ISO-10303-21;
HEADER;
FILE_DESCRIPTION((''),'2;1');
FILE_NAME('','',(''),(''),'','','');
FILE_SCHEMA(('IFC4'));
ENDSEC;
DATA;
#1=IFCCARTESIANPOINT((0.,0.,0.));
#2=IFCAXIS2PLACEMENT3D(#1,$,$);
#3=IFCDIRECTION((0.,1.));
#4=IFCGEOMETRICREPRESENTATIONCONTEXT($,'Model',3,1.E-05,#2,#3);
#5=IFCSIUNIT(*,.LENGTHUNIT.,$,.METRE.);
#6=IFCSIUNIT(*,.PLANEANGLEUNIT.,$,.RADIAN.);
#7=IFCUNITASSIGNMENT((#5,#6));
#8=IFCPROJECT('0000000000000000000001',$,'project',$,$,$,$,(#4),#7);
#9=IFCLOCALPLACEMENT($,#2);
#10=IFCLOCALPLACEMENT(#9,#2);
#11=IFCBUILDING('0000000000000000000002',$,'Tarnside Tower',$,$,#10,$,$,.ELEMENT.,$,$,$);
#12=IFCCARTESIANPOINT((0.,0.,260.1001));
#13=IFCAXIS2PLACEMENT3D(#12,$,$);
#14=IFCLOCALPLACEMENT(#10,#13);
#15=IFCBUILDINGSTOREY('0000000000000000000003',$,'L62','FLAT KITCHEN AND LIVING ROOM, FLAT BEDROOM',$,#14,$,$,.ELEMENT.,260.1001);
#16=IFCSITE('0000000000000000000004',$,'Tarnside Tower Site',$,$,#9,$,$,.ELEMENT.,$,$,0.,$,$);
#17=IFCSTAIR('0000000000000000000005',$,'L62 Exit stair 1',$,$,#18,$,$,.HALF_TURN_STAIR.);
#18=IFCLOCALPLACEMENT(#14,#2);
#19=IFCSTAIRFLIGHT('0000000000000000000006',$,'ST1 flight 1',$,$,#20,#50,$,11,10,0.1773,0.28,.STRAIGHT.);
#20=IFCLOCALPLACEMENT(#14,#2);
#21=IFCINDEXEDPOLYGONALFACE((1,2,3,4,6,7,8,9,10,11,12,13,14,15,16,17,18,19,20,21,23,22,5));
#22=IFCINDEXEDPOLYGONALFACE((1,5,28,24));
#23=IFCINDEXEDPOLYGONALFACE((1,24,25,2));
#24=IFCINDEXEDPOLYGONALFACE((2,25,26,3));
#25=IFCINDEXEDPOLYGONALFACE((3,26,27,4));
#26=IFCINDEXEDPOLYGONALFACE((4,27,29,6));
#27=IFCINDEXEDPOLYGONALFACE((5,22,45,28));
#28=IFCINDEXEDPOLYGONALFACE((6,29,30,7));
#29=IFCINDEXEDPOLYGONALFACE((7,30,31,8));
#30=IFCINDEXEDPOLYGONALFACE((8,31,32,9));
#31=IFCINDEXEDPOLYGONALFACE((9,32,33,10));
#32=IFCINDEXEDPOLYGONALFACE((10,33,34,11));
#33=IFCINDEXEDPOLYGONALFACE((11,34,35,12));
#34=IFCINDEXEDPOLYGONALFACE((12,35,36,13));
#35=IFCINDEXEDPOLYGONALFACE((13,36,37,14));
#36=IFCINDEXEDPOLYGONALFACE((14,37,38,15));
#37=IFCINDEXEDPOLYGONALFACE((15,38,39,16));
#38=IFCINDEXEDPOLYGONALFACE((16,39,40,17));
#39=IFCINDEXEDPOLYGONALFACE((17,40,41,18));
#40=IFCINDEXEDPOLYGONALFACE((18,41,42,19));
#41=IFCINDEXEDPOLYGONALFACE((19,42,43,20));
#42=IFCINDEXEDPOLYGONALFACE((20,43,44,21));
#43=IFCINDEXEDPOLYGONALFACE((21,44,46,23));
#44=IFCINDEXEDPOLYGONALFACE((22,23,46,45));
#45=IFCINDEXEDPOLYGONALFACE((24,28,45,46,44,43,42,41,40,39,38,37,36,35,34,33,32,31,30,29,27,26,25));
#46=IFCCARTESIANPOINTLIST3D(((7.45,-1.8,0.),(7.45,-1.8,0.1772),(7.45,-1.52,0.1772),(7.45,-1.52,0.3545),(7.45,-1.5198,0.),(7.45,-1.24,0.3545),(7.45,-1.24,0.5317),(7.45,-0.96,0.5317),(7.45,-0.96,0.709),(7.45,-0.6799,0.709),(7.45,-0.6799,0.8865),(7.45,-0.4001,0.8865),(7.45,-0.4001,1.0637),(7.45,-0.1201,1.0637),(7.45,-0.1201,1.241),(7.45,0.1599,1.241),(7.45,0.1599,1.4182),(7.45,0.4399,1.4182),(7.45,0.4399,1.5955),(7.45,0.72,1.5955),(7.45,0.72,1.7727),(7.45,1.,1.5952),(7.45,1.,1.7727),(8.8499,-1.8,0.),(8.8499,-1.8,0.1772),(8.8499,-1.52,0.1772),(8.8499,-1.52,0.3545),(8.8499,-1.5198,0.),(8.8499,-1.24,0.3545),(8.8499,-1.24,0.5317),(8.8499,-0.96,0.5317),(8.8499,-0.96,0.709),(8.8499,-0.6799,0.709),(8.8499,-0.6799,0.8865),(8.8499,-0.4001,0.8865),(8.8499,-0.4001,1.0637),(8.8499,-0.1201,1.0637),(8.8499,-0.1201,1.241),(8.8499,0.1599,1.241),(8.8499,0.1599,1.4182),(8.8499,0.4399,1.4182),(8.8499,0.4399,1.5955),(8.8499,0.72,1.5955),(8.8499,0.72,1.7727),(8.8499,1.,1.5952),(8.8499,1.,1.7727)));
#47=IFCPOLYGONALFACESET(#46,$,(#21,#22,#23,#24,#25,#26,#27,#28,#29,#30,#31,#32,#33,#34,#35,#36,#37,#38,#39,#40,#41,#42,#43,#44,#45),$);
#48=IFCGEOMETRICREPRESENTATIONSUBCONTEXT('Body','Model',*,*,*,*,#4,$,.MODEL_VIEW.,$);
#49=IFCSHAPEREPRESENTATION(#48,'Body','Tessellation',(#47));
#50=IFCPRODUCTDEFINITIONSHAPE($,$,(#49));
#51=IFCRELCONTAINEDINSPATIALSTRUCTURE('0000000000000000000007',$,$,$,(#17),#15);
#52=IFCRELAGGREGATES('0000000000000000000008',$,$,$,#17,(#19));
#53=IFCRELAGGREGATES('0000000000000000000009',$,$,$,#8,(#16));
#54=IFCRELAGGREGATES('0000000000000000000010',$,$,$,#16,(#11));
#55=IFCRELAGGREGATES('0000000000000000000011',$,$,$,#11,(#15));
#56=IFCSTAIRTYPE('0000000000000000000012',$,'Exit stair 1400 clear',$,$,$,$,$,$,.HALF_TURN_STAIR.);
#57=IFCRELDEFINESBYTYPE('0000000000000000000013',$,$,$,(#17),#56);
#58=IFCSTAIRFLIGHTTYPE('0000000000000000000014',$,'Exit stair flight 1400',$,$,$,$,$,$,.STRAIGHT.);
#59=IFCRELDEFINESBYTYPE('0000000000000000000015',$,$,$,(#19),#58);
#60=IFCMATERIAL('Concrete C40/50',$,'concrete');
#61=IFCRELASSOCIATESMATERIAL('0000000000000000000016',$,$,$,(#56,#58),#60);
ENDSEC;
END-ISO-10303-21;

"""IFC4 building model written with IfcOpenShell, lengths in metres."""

from ifc_helpers import new_model, si_unit, direction, frame, origin, place, context, subcontext, project, spatial, polyline, outline, extrude, material, type_object, element, aggregate, save


model = new_model("IFC4")

# Units and contexts
model_context = context("Model", 3, precision=1e-05, world=origin(), true_north=direction((0.0, 1.0)))
body_context = subcontext(model_context, "Body", "Model", "MODEL_VIEW")
ifc_project = project(units=[si_unit("LENGTHUNIT", "METRE"), si_unit("PLANEANGLEUNIT", "RADIAN")], contexts=[model_context])

# Site, building, storey
site_placement = place(None, origin())
site = spatial("IfcSite", under=ifc_project, at=site_placement, Name="Tarnside Tower Site", CompositionType="ELEMENT", RefElevation=0.0)
building_placement = place(site_placement, origin())
building = spatial("IfcBuilding", under=site, at=building_placement, Name="Tarnside Tower", CompositionType="ELEMENT")
storey_placement = place(building_placement, frame((0.0, 0.0, 260.1001)))
storey = spatial("IfcBuildingStorey", under=building, at=storey_placement, Name="L62", Description="FLAT KITCHEN AND LIVING ROOM, FLAT BEDROOM", CompositionType="ELEMENT", Elevation=260.1001)

# Shared definitions
ifc_material_1 = material(Name="Concrete C40/50", Category="concrete")

# Stair, stair flight
stair_type = type_object("IfcStairType", Name="Exit stair 1400 clear", PredefinedType="HALF_TURN_STAIR", material=ifc_material_1)
stair_placement = place(storey_placement, origin())
stair = element("IfcStair", 1, at=stair_placement, inside=storey, type_object=stair_type, Name="L62 Exit stair 1", PredefinedType="HALF_TURN_STAIR")
stair_flight_type = type_object("IfcStairFlightType", Name="Exit stair flight 1400", PredefinedType="STRAIGHT", material=ifc_material_1)
stair_flight_placement = place(storey_placement, frame((8.1499, -1.8, 0.0), z_axis=(0.0, 0.0, 1.0), x_axis=(0.0, 1.0, 0.0)))
stair_flight = element("IfcStairFlight", 2, at=stair_flight_placement, type_object=stair_flight_type, Name="ST1 flight 1", NumberOfRisers=11, NumberOfTreads=10, PredefinedType="STRAIGHT", RiserHeight=0.1773, TreadLength=0.28, context=body_context, shape_type="SweptSolid", body=[
    extrude(outline(polyline([(0.0, 0.0), (0.0, 0.1772), (0.28, 0.1772), (0.28, 0.3545), (0.5601, 0.3545), (0.5601, 0.5317), (0.8401, 0.5317), (0.8401, 0.709), (1.1201, 0.709), (1.1201, 0.8865), (1.3999, 0.8865), (1.3999, 1.0637), (1.6799, 1.0637), (1.6799, 1.241), (1.96, 1.241), (1.96, 1.4182), (2.24, 1.4182), (2.24, 1.5955), (2.52, 1.5955), (2.52, 1.7727), (2.8, 1.7727), (2.8, 1.95), (2.8, 1.5952), (0.2803, 0.0), (0.0, 0.0)])), frame((0.0, 0.7, 0.0), z_axis=(0.0, -1.0, 0.0), x_axis=(1.0, 0.0, 0.0)), (0.0, 0.0, 1.0), 1.3999),
])
aggregate(stair, [stair_flight])

save(model, "model.ifc")
